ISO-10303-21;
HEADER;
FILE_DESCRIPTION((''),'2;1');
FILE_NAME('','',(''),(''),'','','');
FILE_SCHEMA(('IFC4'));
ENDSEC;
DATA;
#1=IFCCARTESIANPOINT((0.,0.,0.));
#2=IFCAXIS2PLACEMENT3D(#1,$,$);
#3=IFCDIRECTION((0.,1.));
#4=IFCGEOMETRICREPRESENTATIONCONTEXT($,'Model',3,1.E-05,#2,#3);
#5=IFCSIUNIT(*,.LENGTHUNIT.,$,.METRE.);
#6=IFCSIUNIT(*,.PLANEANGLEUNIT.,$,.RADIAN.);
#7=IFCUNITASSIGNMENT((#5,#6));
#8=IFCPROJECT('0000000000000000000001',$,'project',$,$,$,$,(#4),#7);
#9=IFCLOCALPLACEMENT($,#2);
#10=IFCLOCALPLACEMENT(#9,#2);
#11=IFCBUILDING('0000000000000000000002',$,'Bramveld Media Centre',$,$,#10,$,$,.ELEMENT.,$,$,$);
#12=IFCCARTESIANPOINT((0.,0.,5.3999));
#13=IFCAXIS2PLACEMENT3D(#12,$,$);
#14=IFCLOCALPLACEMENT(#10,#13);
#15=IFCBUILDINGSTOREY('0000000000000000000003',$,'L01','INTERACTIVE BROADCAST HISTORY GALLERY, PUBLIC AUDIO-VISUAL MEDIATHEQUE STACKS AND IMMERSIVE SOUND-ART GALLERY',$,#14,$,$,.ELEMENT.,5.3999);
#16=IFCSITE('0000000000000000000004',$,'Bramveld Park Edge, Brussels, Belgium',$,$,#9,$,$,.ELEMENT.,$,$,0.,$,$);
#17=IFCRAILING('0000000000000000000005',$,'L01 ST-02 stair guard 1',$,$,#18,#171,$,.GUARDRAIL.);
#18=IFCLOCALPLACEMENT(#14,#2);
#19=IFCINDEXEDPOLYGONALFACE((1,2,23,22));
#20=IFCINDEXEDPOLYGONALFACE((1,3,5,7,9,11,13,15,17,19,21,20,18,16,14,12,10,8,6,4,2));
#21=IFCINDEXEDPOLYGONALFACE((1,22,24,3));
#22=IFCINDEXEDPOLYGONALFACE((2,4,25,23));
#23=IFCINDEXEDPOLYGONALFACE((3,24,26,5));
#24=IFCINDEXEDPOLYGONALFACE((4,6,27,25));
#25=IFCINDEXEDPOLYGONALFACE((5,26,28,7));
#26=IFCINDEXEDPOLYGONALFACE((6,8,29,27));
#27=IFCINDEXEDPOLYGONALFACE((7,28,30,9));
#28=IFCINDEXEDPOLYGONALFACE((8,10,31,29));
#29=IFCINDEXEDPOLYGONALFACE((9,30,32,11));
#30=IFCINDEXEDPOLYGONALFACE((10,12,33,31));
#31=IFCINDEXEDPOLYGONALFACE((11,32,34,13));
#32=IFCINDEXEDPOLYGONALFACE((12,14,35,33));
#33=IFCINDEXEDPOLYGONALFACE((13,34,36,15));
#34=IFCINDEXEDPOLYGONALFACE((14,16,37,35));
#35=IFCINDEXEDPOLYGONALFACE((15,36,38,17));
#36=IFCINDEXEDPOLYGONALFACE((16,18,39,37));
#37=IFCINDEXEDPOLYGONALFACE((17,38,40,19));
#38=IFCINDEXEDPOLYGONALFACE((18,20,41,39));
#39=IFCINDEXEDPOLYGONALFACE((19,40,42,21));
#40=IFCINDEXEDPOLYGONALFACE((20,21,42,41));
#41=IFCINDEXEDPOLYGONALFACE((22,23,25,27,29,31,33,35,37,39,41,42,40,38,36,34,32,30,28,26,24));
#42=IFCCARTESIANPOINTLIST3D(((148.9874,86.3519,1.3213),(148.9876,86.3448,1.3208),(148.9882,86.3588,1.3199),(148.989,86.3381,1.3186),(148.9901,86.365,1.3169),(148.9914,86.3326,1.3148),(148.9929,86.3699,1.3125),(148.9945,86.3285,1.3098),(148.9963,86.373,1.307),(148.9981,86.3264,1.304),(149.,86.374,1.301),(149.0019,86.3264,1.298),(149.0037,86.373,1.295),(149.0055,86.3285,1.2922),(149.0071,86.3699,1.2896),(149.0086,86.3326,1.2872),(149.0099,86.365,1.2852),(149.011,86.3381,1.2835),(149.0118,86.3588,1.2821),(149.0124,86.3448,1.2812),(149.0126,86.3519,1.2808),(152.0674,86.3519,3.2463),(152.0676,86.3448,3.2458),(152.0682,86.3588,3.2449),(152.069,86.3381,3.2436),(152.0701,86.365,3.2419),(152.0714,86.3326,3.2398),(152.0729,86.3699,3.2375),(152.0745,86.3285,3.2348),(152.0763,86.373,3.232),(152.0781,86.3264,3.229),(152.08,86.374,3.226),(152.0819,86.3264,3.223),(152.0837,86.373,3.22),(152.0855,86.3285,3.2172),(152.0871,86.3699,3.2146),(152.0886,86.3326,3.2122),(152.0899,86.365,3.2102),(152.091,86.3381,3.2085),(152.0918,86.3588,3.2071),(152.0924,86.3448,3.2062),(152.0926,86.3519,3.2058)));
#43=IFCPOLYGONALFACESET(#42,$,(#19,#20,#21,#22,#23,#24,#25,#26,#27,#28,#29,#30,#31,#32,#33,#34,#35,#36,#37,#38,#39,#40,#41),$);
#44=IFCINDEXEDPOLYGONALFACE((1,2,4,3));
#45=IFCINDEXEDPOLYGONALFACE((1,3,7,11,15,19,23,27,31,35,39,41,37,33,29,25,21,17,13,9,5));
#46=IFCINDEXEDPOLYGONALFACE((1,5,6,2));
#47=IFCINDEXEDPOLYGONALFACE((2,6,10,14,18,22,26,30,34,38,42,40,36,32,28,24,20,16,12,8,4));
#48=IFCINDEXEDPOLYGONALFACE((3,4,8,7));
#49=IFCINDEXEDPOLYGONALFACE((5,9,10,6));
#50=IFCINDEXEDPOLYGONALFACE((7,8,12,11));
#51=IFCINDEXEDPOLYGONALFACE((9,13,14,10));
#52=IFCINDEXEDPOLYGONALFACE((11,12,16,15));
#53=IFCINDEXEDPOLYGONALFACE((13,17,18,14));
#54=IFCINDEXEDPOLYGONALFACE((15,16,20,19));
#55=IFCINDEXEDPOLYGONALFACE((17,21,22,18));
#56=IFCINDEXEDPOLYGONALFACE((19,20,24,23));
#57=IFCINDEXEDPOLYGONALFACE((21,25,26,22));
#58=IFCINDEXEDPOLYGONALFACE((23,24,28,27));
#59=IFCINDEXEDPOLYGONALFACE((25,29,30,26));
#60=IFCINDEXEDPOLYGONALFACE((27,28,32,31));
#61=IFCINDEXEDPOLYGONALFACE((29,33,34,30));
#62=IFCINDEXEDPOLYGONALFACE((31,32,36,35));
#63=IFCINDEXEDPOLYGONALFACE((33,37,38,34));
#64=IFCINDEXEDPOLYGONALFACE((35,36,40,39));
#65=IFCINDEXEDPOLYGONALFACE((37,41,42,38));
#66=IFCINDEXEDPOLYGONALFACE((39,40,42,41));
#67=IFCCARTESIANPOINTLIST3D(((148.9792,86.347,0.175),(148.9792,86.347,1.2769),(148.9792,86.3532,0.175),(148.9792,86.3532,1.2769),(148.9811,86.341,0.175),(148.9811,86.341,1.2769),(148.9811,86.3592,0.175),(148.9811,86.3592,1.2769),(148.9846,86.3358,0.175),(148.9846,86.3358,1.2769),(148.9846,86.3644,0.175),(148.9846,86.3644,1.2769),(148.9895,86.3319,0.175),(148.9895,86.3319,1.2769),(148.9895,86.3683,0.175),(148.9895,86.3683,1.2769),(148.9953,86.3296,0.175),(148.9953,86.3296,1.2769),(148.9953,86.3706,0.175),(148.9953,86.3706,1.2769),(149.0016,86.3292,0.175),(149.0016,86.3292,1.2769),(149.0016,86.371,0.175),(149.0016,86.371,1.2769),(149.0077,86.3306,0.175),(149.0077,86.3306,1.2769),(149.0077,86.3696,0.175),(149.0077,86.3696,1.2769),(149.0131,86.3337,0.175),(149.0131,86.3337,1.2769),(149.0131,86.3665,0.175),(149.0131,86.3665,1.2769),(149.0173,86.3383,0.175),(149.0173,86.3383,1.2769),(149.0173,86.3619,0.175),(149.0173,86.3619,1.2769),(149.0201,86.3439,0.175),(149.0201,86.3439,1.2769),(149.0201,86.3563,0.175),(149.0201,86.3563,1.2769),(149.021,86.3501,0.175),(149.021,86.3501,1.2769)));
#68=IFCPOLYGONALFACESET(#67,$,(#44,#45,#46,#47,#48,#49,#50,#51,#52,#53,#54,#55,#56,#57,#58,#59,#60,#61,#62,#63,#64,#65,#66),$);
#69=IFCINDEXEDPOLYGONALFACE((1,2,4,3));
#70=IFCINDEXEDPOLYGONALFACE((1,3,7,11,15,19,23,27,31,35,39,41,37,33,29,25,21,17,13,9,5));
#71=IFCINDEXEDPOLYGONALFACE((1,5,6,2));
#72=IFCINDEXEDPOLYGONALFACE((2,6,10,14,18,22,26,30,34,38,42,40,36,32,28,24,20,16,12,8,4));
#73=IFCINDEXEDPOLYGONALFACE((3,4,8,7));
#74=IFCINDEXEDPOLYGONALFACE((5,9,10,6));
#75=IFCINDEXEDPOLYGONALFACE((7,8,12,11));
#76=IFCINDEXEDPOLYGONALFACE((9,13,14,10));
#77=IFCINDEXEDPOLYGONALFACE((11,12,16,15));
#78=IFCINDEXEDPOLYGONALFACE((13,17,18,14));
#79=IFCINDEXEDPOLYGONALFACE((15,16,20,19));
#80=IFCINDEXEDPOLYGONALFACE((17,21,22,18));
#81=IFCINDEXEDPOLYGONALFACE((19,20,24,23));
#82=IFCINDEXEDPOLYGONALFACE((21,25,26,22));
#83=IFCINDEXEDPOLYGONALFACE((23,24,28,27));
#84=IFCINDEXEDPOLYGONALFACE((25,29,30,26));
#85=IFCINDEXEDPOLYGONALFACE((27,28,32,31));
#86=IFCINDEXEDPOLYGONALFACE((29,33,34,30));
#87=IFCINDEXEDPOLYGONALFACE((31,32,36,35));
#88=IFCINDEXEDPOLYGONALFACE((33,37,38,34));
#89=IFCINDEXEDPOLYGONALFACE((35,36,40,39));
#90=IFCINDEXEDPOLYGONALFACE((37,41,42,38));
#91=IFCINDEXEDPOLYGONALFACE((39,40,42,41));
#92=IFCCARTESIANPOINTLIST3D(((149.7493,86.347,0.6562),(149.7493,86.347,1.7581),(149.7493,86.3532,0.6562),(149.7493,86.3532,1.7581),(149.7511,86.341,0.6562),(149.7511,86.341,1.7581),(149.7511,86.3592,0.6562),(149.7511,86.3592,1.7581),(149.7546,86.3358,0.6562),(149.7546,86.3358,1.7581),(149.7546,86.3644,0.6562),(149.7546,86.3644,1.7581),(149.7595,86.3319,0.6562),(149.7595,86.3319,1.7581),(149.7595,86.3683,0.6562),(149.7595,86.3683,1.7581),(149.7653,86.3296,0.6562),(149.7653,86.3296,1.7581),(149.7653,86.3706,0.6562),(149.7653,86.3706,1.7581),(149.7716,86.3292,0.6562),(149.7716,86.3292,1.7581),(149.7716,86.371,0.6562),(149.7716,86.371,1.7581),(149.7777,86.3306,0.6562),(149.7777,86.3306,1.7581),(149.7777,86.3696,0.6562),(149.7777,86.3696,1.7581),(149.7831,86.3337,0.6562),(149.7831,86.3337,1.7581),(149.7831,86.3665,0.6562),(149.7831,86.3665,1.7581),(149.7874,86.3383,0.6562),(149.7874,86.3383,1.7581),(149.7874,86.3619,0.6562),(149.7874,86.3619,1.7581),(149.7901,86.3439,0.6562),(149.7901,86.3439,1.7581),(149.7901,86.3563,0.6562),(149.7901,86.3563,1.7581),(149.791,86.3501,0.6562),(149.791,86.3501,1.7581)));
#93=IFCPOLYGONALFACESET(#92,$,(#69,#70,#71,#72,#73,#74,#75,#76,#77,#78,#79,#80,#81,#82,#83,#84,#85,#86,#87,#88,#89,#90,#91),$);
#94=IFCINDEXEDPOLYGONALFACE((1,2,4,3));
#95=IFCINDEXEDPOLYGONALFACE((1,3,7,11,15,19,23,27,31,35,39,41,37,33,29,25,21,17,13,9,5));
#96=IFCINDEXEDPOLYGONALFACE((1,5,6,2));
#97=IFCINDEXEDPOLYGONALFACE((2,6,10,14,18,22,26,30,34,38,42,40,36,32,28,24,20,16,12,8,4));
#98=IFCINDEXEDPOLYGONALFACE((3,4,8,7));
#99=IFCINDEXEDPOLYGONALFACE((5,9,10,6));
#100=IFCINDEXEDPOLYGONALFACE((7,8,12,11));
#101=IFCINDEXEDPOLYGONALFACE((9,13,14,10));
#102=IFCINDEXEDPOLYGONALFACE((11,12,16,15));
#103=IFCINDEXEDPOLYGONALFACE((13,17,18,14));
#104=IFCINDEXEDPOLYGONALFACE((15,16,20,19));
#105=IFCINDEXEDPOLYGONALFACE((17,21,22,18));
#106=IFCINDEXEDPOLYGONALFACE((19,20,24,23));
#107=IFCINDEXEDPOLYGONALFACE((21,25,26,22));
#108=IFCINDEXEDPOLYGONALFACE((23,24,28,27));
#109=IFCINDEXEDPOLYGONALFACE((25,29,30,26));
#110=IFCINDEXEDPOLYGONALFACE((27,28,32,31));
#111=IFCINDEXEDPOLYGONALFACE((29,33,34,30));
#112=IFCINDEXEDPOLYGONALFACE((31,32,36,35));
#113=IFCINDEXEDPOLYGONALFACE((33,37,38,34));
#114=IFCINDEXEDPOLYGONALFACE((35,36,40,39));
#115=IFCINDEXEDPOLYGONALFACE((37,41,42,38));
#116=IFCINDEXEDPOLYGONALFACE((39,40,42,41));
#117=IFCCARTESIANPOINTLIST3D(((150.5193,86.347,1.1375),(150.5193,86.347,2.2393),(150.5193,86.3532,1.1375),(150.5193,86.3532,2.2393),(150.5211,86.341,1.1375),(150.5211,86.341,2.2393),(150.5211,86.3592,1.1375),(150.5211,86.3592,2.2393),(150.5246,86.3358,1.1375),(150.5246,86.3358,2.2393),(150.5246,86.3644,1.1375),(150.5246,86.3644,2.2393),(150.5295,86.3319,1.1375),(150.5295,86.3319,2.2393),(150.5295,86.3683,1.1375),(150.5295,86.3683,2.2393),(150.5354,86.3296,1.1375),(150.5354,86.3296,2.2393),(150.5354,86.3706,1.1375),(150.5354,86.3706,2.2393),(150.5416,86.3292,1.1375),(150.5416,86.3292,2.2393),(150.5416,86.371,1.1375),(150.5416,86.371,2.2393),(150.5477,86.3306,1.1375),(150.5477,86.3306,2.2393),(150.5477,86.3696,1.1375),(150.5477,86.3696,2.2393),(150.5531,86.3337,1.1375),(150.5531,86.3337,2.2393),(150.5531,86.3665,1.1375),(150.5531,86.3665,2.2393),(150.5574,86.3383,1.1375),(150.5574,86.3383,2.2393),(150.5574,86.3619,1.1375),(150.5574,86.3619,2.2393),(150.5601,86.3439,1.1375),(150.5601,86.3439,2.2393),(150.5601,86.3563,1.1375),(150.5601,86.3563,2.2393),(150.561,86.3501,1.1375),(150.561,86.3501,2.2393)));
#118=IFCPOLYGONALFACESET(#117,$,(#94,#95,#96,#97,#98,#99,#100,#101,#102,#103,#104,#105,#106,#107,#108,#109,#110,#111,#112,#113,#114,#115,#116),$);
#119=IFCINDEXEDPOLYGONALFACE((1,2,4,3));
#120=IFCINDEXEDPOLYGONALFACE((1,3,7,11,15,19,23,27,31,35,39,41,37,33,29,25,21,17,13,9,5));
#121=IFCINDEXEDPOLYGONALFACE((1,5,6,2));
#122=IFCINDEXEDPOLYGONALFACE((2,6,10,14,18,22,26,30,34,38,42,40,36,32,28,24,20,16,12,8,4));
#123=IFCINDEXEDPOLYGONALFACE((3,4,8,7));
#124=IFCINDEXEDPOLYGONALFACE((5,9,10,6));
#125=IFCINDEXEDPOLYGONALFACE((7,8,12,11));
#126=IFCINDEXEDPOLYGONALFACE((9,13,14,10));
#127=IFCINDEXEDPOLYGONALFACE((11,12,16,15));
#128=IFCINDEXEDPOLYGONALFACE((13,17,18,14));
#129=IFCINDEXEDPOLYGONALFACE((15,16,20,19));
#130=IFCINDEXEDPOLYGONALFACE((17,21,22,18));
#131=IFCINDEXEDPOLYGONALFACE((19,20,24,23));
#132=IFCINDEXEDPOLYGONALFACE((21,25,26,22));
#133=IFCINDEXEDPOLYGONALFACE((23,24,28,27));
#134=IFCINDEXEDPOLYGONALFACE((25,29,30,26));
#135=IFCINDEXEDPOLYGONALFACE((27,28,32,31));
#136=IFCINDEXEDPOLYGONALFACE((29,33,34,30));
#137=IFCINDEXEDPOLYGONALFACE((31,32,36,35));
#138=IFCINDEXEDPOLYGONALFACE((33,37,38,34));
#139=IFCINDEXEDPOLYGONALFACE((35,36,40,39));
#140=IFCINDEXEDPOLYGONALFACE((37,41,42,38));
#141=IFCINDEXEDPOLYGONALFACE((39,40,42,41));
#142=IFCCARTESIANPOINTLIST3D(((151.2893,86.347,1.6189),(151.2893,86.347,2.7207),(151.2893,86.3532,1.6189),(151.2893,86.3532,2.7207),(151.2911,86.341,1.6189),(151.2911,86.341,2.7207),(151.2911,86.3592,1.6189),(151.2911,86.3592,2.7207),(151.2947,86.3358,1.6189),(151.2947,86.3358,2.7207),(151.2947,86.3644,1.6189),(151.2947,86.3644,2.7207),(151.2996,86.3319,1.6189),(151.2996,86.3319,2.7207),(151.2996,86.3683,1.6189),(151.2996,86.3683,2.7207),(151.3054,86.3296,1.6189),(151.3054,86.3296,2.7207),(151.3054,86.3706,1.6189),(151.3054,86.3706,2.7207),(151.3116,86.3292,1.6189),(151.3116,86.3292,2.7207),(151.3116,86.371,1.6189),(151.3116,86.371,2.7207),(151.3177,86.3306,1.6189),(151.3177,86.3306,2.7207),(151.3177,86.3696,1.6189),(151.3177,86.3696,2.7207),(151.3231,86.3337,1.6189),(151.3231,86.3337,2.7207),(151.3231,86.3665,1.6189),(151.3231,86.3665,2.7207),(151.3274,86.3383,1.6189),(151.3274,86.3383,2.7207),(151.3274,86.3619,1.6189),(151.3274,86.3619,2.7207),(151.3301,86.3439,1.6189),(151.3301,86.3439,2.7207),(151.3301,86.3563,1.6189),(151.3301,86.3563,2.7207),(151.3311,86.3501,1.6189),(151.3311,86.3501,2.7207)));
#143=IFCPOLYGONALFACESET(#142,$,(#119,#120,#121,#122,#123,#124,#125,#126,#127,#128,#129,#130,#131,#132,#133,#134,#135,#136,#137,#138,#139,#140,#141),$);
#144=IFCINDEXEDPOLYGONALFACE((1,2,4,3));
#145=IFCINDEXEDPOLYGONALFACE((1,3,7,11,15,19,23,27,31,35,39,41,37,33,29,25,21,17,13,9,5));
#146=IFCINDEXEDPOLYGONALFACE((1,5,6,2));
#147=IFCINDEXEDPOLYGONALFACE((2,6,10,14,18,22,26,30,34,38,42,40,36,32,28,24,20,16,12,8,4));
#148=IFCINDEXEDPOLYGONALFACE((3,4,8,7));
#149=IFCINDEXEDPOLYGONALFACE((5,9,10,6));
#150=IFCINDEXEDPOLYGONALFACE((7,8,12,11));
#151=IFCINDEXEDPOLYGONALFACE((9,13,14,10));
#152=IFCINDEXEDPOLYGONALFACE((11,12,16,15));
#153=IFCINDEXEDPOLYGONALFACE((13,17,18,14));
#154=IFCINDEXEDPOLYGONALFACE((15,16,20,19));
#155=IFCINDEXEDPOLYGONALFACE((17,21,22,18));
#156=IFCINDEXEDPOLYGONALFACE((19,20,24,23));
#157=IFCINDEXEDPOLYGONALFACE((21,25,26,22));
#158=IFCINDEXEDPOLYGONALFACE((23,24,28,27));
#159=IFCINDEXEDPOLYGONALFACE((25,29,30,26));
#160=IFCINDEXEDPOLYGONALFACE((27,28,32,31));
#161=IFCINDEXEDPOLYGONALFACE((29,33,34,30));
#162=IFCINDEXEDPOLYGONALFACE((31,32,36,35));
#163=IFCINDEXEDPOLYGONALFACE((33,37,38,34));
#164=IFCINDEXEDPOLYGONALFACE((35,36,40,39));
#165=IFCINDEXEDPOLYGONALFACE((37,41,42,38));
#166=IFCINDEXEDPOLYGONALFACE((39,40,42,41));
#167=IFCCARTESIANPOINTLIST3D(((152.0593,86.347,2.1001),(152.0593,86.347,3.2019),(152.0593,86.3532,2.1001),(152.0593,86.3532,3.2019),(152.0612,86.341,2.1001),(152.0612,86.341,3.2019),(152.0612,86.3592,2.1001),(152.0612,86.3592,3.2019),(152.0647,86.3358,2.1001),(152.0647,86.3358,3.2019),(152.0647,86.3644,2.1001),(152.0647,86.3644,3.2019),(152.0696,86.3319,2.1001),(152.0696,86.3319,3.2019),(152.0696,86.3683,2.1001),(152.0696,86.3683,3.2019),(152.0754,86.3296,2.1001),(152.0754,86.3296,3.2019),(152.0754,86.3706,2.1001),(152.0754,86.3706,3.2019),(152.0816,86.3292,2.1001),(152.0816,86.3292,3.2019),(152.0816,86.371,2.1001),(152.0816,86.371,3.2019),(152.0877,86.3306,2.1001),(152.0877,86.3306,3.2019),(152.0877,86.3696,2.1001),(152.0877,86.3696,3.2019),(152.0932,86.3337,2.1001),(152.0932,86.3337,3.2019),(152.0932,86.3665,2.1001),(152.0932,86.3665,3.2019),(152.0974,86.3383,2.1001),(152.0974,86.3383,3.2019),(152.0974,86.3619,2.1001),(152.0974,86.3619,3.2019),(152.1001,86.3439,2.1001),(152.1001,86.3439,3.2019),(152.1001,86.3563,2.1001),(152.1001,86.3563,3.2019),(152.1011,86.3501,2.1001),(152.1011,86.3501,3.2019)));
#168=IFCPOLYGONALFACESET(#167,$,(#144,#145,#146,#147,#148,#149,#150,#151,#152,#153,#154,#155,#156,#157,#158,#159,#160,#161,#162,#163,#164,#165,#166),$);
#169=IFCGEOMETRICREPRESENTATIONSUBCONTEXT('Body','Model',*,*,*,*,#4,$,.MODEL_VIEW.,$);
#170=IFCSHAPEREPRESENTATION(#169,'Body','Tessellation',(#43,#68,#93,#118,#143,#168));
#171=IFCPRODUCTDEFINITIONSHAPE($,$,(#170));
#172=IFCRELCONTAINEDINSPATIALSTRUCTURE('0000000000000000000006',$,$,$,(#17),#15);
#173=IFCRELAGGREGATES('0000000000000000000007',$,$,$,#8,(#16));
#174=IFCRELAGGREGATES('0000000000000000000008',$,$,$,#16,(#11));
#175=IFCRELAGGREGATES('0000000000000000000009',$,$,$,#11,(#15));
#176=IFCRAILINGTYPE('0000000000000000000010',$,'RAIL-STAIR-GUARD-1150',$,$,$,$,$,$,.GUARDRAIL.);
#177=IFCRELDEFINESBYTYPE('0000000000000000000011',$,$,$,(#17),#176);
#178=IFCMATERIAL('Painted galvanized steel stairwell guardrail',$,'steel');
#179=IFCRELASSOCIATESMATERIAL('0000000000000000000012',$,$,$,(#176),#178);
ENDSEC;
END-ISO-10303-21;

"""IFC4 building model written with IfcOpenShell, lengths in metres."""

from ifc_helpers import new_model, si_unit, direction, frame, origin, origin_2d, place, context, subcontext, project, spatial, circle, extrude, material, type_object, element, save


model = new_model("IFC4")

# Units and contexts
model_context = context("Model", 3, precision=1e-05, world=origin(), true_north=direction((0.0, 1.0)))
body_context = subcontext(model_context, "Body", "Model", "MODEL_VIEW")
ifc_project = project(units=[si_unit("LENGTHUNIT", "METRE"), si_unit("PLANEANGLEUNIT", "RADIAN")], contexts=[model_context])

# Site, building, storey
site_placement = place(None, origin())
site = spatial("IfcSite", under=ifc_project, at=site_placement, Name="Bramveld Park Edge, Brussels, Belgium", CompositionType="ELEMENT", RefElevation=0.0)
building_placement = place(site_placement, origin())
building = spatial("IfcBuilding", under=site, at=building_placement, Name="Bramveld Media Centre", CompositionType="ELEMENT")
storey_placement = place(building_placement, frame((0.0, 0.0, 5.3999)))
storey = spatial("IfcBuildingStorey", under=building, at=storey_placement, Name="L01", Description="INTERACTIVE BROADCAST HISTORY GALLERY, PUBLIC AUDIO-VISUAL MEDIATHEQUE STACKS AND IMMERSIVE SOUND-ART GALLERY", CompositionType="ELEMENT", Elevation=5.3999)

# Railing
ifc_material_1 = material(Name="Painted galvanized steel stairwell guardrail", Category="steel")
railing_type_1 = type_object("IfcRailingType", Name="RAIL-STAIR-GUARD-1150", PredefinedType="GUARDRAIL", material=ifc_material_1)
railing_1_placement = place(storey_placement, frame((149.0, 86.3501, 0.175)))
element("IfcRailing", 1, at=railing_1_placement, inside=storey, type_object=railing_type_1, Name="L01 ST-02 stair guard 1", PredefinedType="GUARDRAIL", context=body_context, shape_type="SweptSolid", body=[
    extrude(circle(Radius=0.0239, at=origin_2d()), frame((0.0, 0.0, 1.126), z_axis=(0.847998, 0.0, 0.529999), x_axis=(0.0, 1.0, 0.0)), (0.0, 0.0, 1.0), 3.6321),
    extrude(circle(Radius=0.021, at=origin_2d()), origin(), (0.0, 0.0, 1.0), 1.1018),
    extrude(circle(Radius=0.021, at=origin_2d()), frame((0.77, 0.0, 0.4812)), (0.0, 0.0, 1.0), 1.1018),
    extrude(circle(Radius=0.021, at=origin_2d()), frame((1.54, 0.0, 0.9624)), (0.0, 0.0, 1.0), 1.1018),
    extrude(circle(Radius=0.021, at=origin_2d()), frame((2.3101, 0.0, 1.4438)), (0.0, 0.0, 1.0), 1.1018),
    extrude(circle(Radius=0.021, at=origin_2d()), frame((3.0801, 0.0, 1.925)), (0.0, 0.0, 1.0), 1.1018),
])

save(model, "model.ifc")
